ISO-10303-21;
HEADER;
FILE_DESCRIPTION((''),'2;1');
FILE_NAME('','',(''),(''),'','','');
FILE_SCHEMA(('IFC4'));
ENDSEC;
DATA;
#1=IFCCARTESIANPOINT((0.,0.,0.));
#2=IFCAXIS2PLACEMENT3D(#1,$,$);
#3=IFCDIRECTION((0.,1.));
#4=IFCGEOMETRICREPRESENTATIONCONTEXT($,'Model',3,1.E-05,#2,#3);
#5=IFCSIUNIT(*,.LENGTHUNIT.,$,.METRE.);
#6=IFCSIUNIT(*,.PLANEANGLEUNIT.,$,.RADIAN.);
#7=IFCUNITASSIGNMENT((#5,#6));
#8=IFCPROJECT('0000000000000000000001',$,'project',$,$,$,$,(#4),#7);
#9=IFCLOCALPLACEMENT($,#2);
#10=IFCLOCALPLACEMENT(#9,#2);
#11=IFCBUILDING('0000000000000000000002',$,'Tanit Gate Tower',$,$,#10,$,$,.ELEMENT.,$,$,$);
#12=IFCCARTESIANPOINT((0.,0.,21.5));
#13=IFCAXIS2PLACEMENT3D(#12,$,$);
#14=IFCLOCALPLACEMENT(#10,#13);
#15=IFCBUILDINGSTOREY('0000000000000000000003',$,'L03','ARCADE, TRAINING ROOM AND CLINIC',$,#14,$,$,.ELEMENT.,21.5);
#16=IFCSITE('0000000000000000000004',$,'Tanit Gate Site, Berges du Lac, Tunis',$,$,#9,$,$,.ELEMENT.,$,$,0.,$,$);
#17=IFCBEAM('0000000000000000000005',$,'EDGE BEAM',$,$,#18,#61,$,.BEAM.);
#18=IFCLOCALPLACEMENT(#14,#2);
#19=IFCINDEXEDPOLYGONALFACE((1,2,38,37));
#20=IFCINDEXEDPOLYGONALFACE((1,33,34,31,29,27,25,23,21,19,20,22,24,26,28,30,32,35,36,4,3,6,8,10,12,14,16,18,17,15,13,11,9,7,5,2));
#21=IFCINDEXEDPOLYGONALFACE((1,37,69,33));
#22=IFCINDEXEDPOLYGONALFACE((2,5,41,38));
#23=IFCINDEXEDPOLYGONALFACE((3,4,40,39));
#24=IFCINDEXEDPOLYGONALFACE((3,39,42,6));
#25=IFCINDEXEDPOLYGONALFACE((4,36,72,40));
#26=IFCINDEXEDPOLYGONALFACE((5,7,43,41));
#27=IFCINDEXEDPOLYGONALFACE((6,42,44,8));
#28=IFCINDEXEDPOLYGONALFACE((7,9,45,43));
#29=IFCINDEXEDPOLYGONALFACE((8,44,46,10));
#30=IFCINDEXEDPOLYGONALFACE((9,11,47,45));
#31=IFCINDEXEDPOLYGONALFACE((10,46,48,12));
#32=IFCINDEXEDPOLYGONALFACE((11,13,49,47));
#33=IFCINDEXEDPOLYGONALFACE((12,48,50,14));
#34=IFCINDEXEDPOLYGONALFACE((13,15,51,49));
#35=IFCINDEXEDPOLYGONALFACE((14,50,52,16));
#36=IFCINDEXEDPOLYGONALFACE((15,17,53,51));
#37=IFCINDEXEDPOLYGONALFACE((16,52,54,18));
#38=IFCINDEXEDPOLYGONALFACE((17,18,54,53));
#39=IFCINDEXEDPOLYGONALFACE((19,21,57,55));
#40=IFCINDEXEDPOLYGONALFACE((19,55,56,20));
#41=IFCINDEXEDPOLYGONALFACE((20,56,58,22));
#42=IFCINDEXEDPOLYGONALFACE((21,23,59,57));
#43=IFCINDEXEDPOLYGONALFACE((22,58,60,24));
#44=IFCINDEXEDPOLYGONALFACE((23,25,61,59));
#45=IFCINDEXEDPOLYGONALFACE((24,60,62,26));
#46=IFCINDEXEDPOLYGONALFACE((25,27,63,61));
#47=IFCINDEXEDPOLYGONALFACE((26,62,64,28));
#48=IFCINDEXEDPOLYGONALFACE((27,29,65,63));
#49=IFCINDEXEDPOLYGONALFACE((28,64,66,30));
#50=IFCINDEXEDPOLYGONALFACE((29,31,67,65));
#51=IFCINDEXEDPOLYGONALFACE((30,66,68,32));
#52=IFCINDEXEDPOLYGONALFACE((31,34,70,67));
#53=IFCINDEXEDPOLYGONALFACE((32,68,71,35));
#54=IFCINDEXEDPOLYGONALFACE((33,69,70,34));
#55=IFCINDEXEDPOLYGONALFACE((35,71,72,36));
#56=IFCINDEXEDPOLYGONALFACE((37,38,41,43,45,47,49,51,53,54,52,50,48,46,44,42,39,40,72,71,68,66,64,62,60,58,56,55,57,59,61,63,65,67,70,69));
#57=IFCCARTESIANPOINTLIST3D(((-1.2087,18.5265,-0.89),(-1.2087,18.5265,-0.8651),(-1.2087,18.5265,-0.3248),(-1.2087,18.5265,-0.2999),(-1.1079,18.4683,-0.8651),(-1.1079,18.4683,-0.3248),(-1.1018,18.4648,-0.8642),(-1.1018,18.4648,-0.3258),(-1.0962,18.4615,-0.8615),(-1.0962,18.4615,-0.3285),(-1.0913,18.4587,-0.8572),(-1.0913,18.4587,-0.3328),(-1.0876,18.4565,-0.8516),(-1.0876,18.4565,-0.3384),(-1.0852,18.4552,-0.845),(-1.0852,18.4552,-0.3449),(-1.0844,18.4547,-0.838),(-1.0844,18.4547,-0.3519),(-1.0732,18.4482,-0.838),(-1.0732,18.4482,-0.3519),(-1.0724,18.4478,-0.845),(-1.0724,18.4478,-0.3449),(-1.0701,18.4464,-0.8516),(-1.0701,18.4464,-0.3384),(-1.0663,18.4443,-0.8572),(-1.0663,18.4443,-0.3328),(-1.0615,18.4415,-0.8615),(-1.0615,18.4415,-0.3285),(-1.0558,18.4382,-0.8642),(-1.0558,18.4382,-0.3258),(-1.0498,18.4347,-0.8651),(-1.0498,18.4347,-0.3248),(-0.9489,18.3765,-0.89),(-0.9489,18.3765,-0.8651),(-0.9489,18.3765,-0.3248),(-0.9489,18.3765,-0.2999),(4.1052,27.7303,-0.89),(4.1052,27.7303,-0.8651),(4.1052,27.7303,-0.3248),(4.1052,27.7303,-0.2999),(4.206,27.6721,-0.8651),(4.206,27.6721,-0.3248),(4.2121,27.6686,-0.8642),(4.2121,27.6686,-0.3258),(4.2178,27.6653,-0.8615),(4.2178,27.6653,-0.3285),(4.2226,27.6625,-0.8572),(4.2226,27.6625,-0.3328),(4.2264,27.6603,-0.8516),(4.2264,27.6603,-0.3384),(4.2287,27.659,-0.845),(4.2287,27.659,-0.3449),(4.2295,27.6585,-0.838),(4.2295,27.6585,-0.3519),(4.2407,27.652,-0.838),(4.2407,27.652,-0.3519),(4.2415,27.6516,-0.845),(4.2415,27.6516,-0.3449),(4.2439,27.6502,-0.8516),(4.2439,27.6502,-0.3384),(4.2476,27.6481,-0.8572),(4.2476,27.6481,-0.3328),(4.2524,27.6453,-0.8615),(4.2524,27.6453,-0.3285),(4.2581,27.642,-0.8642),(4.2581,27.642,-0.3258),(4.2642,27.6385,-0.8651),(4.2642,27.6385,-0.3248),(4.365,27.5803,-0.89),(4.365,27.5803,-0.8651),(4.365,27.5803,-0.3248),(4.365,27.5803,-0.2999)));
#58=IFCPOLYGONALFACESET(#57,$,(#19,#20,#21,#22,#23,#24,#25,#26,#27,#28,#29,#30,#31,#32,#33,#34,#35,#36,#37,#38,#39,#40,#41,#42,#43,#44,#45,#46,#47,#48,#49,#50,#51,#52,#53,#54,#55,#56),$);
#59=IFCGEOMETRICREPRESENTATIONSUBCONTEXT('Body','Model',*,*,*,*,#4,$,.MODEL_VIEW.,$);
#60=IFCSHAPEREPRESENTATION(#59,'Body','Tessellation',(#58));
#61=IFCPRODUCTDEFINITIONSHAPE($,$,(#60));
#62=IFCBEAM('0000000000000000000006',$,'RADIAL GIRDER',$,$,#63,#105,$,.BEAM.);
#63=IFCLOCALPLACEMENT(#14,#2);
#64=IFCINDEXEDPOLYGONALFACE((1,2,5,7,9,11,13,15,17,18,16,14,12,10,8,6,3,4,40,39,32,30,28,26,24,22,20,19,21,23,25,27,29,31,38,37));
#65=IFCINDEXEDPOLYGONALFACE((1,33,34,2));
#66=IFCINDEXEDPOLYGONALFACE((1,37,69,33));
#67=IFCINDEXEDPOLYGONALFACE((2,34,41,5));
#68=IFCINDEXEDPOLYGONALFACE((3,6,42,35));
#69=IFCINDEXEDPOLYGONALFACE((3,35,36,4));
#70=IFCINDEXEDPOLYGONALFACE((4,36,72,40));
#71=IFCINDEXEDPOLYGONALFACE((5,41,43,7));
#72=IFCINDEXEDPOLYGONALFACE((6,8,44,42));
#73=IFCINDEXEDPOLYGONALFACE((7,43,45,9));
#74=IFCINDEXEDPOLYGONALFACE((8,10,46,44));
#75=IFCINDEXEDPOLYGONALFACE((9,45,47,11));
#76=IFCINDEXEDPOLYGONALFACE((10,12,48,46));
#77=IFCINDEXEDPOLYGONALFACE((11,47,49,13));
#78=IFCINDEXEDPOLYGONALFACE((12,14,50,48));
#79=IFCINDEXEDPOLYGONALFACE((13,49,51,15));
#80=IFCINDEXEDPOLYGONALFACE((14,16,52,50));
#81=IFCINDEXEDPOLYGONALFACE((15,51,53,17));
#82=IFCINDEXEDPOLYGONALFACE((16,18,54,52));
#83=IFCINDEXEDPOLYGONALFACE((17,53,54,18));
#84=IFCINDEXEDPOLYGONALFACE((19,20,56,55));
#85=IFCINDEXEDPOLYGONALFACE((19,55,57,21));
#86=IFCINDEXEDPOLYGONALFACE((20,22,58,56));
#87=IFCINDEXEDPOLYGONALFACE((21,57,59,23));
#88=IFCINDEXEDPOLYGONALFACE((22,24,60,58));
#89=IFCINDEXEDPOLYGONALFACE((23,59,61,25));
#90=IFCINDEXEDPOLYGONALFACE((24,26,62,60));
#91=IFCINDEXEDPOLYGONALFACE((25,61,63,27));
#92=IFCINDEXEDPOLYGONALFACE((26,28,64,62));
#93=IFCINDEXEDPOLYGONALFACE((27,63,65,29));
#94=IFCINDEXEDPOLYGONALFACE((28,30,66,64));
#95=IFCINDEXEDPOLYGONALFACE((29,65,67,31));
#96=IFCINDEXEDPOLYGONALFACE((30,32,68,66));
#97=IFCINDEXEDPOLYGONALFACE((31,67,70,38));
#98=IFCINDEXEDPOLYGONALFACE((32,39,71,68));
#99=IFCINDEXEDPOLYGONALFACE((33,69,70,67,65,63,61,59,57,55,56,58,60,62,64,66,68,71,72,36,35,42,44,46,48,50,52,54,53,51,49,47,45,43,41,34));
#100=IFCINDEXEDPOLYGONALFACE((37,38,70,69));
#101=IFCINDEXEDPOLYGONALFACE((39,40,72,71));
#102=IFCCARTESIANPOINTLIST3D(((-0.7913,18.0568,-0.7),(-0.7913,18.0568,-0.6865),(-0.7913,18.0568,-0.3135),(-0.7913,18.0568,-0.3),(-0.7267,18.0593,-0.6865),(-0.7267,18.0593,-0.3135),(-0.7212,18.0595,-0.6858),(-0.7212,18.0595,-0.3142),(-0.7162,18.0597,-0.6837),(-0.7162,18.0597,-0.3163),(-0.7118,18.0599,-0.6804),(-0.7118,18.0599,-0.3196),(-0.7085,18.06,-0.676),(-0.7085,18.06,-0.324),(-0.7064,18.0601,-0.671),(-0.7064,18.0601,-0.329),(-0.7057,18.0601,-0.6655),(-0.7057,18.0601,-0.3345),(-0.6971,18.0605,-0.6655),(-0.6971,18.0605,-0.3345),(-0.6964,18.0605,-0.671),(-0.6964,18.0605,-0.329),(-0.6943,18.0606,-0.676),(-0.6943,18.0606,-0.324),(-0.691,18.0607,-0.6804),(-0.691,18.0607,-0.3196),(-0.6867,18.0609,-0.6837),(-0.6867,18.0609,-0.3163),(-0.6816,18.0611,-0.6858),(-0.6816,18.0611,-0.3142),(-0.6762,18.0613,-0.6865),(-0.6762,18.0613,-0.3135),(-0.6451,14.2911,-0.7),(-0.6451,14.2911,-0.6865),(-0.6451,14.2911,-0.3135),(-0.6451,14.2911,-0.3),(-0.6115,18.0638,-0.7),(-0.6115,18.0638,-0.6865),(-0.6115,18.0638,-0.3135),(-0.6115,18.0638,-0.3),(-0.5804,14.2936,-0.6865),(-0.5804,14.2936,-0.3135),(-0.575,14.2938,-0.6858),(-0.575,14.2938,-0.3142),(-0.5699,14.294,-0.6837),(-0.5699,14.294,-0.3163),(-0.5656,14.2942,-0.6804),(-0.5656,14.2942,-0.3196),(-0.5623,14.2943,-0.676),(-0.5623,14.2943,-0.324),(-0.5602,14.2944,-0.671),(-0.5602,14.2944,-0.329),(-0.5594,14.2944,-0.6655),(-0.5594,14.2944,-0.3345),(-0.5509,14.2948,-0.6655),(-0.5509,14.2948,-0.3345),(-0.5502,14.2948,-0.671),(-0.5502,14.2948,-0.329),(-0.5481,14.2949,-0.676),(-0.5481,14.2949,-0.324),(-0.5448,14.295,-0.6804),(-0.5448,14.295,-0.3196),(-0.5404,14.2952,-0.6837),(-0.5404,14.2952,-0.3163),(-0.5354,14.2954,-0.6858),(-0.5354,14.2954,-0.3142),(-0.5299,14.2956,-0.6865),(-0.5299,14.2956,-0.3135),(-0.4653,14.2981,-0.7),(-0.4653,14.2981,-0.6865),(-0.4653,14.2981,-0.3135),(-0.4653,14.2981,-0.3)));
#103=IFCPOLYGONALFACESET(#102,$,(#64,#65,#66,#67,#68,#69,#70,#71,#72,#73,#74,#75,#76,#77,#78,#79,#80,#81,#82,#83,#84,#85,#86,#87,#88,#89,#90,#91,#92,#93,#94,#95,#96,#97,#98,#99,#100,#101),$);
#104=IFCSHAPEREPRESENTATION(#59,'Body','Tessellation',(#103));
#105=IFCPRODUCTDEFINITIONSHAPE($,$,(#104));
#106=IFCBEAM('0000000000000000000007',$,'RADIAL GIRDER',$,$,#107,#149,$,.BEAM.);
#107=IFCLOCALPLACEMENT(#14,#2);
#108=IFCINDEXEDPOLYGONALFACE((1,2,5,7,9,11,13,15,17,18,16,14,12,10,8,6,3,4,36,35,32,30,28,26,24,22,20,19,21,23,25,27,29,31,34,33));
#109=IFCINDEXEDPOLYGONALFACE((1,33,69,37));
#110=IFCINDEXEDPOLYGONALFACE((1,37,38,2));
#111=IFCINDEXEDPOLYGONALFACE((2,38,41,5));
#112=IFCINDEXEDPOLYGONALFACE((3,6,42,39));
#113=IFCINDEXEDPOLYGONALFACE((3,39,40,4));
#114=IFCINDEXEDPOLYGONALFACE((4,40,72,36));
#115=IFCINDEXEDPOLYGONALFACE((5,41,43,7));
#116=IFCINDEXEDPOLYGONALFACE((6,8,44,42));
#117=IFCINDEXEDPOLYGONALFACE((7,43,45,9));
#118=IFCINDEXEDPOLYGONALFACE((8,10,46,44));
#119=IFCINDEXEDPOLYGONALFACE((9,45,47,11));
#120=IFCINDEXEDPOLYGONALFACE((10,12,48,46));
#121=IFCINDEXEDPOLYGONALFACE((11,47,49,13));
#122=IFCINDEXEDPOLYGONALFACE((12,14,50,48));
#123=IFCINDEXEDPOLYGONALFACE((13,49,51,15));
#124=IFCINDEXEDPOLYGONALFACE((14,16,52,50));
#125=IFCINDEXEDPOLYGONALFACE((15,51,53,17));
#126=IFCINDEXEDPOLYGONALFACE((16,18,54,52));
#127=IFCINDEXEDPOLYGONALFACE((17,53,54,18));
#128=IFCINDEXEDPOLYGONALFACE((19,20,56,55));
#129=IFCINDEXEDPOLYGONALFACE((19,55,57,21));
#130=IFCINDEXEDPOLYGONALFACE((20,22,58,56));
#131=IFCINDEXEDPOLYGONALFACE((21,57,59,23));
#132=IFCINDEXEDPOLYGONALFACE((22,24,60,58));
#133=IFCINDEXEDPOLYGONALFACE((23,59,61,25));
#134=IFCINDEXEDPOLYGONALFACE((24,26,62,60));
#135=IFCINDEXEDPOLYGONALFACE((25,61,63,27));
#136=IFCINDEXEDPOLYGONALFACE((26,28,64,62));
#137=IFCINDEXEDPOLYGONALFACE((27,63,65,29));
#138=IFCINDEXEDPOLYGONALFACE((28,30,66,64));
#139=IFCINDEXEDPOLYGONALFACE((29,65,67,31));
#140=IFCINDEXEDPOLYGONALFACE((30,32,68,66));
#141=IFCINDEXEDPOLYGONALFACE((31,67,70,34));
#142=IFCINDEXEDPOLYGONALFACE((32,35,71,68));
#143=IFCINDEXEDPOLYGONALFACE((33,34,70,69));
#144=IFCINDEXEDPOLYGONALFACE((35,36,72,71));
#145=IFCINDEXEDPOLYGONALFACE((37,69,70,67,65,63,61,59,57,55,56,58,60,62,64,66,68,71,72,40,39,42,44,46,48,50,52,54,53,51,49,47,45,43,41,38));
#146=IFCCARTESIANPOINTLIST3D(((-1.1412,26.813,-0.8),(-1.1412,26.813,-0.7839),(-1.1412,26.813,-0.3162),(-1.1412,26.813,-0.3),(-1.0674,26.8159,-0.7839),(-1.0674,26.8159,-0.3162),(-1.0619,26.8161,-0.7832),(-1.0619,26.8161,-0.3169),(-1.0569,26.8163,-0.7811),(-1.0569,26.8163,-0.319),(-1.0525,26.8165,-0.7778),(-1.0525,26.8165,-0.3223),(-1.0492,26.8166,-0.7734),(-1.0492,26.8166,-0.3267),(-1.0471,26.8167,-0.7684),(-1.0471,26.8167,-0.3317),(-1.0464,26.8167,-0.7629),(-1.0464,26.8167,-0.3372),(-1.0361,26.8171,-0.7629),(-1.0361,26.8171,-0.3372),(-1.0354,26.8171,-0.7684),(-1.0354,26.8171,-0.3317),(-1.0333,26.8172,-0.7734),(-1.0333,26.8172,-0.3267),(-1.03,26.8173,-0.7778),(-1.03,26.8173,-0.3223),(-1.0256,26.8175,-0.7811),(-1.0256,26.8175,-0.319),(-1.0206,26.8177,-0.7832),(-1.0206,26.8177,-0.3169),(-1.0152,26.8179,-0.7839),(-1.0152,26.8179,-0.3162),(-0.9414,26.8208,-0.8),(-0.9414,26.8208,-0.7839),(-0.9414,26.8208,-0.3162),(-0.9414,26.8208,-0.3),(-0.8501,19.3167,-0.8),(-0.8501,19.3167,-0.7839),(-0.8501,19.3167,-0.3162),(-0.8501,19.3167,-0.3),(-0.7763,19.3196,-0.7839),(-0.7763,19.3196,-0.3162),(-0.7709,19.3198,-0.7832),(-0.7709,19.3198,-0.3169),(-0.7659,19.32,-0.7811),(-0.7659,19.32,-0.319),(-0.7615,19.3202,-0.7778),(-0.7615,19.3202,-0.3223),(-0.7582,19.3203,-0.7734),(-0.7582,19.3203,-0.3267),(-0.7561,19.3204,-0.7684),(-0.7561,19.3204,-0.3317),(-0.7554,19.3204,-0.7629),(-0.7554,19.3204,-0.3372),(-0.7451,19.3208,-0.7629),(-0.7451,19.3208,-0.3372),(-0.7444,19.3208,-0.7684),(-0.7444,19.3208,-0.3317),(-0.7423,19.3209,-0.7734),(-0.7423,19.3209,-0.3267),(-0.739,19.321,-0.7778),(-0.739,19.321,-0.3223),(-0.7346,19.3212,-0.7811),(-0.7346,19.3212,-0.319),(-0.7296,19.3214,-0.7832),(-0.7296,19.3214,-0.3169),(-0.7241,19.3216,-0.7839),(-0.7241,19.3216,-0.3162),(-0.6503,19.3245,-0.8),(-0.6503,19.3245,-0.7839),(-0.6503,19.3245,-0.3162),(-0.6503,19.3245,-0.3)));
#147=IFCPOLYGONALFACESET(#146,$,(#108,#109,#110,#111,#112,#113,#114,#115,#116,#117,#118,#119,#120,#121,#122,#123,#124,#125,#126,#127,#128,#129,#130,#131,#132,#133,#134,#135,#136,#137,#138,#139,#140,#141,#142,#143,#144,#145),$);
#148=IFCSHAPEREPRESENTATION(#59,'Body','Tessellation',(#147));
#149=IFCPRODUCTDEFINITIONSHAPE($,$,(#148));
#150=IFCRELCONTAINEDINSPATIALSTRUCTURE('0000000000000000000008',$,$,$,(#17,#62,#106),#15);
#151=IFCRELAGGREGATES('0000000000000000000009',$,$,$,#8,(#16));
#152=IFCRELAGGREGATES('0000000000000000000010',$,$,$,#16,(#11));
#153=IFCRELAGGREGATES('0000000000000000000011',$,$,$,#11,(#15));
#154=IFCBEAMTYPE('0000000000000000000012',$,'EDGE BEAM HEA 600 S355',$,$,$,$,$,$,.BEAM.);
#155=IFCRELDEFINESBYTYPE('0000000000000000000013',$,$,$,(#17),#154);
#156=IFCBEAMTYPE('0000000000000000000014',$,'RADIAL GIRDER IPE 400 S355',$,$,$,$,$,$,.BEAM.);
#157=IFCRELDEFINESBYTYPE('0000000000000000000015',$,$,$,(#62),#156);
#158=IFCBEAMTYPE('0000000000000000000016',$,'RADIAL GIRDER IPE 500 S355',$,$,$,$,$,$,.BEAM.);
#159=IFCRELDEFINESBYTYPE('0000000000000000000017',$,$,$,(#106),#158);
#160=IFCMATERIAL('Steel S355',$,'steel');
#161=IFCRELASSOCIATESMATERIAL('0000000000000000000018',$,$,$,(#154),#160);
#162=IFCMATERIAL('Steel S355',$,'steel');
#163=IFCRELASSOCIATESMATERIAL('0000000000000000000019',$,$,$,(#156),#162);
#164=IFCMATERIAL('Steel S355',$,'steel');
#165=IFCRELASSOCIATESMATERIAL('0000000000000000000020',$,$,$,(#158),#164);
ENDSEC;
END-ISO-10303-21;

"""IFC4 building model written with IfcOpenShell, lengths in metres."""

from ifc_helpers import new_model, si_unit, direction, frame, origin, origin_2d, place, context, subcontext, project, spatial, i_section, extrude, material, material_profile, profile_set, type_object, element, save


model = new_model("IFC4")

# Units and contexts
model_context = context("Model", 3, precision=1e-05, world=origin(), true_north=direction((0.0, 1.0)))
body_context = subcontext(model_context, "Body", "Model", "MODEL_VIEW")
ifc_project = project(units=[si_unit("LENGTHUNIT", "METRE"), si_unit("PLANEANGLEUNIT", "RADIAN")], contexts=[model_context])

# Site, building, storey
site_placement = place(None, origin())
site = spatial("IfcSite", under=ifc_project, at=site_placement, Name="Tanit Gate Site, Berges du Lac, Tunis", CompositionType="ELEMENT", RefElevation=0.0)
building_placement = place(site_placement, origin())
building = spatial("IfcBuilding", under=site, at=building_placement, Name="Tanit Gate Tower", CompositionType="ELEMENT")
storey_placement = place(building_placement, frame((0.0, 0.0, 21.5)))
storey = spatial("IfcBuildingStorey", under=building, at=storey_placement, Name="L03", Description="ARCADE, TRAINING ROOM AND CLINIC", CompositionType="ELEMENT", Elevation=21.5)

# Beams
ifc_material_1 = material(Name="Steel S355", Category="steel")
ifc_material_profile_1 = material_profile(ifc_material_1, i_section(OverallWidth=0.3, OverallDepth=0.5901, WebThickness=0.0129, FlangeThickness=0.0249, FilletRadius=0.0271, at=origin_2d()), Name="HEA 600")
ifc_profile_set_1 = profile_set([ifc_material_profile_1], Name="Steel S355")
beam_type_1 = type_object("IfcBeamType", Name="EDGE BEAM HEA 600 S355", PredefinedType="BEAM", material=ifc_profile_set_1)
beam_1_placement = place(storey_placement, frame((4.2351, 27.6553, -0.595), z_axis=(-0.500008, -0.866021, 0.0), x_axis=(0.866021, -0.500008, 0.0)))
element("IfcBeam", 1, at=beam_1_placement, inside=storey, type_object=beam_type_1, Name="EDGE BEAM", PredefinedType="BEAM", context=body_context, shape_type="SweptSolid", body=[
    extrude(i_section(OverallWidth=0.3, OverallDepth=0.5901, WebThickness=0.0129, FlangeThickness=0.0249, FilletRadius=0.0271, at=origin_2d()), origin(), (0.0, 0.0, 1.0), 10.6277),
])
ifc_material_2 = material(Name="Steel S355", Category="steel")
ifc_material_profile_2 = material_profile(ifc_material_2, i_section(OverallWidth=0.1799, OverallDepth=0.3999, WebThickness=0.0085, FlangeThickness=0.0134, FilletRadius=0.021, at=origin_2d()), Name="IPE 400")
ifc_profile_set_2 = profile_set([ifc_material_profile_2], Name="Steel S355")
beam_type_2 = type_object("IfcBeamType", Name="RADIAL GIRDER IPE 400 S355", PredefinedType="BEAM", material=ifc_profile_set_2)
beam_2_placement = place(storey_placement, frame((-0.7014, 18.0603, -0.5), z_axis=(0.038806, -0.999247, 0.0), x_axis=(0.999247, 0.038806, 0.0)))
element("IfcBeam", 2, at=beam_2_placement, inside=storey, type_object=beam_type_2, Name="RADIAL GIRDER", PredefinedType="BEAM", context=body_context, shape_type="SweptSolid", body=[
    extrude(i_section(OverallWidth=0.1799, OverallDepth=0.3999, WebThickness=0.0085, FlangeThickness=0.0134, FilletRadius=0.021, at=origin_2d()), origin(), (0.0, 0.0, 1.0), 3.7686),
])
ifc_material_3 = material(Name="Steel S355", Category="steel")
ifc_material_profile_3 = material_profile(ifc_material_3, i_section(OverallWidth=0.2, OverallDepth=0.5, WebThickness=0.0103, FlangeThickness=0.0161, FilletRadius=0.021, at=origin_2d()), Name="IPE 500")
ifc_profile_set_3 = profile_set([ifc_material_profile_3], Name="Steel S355")
beam_type_3 = type_object("IfcBeamType", Name="RADIAL GIRDER IPE 500 S355", PredefinedType="BEAM", material=ifc_profile_set_3)
beam_3_placement = place(storey_placement, frame((-1.0413, 26.8169, -0.55), z_axis=(0.038792, -0.999247, 0.0), x_axis=(0.999247, 0.038792, 0.0)))
element("IfcBeam", 3, at=beam_3_placement, inside=storey, type_object=beam_type_3, Name="RADIAL GIRDER", PredefinedType="BEAM", context=body_context, shape_type="SweptSolid", body=[
    extrude(i_section(OverallWidth=0.2, OverallDepth=0.5, WebThickness=0.0103, FlangeThickness=0.0161, FilletRadius=0.021, at=origin_2d()), origin(), (0.0, 0.0, 1.0), 7.502),
])

save(model, "model.ifc")
